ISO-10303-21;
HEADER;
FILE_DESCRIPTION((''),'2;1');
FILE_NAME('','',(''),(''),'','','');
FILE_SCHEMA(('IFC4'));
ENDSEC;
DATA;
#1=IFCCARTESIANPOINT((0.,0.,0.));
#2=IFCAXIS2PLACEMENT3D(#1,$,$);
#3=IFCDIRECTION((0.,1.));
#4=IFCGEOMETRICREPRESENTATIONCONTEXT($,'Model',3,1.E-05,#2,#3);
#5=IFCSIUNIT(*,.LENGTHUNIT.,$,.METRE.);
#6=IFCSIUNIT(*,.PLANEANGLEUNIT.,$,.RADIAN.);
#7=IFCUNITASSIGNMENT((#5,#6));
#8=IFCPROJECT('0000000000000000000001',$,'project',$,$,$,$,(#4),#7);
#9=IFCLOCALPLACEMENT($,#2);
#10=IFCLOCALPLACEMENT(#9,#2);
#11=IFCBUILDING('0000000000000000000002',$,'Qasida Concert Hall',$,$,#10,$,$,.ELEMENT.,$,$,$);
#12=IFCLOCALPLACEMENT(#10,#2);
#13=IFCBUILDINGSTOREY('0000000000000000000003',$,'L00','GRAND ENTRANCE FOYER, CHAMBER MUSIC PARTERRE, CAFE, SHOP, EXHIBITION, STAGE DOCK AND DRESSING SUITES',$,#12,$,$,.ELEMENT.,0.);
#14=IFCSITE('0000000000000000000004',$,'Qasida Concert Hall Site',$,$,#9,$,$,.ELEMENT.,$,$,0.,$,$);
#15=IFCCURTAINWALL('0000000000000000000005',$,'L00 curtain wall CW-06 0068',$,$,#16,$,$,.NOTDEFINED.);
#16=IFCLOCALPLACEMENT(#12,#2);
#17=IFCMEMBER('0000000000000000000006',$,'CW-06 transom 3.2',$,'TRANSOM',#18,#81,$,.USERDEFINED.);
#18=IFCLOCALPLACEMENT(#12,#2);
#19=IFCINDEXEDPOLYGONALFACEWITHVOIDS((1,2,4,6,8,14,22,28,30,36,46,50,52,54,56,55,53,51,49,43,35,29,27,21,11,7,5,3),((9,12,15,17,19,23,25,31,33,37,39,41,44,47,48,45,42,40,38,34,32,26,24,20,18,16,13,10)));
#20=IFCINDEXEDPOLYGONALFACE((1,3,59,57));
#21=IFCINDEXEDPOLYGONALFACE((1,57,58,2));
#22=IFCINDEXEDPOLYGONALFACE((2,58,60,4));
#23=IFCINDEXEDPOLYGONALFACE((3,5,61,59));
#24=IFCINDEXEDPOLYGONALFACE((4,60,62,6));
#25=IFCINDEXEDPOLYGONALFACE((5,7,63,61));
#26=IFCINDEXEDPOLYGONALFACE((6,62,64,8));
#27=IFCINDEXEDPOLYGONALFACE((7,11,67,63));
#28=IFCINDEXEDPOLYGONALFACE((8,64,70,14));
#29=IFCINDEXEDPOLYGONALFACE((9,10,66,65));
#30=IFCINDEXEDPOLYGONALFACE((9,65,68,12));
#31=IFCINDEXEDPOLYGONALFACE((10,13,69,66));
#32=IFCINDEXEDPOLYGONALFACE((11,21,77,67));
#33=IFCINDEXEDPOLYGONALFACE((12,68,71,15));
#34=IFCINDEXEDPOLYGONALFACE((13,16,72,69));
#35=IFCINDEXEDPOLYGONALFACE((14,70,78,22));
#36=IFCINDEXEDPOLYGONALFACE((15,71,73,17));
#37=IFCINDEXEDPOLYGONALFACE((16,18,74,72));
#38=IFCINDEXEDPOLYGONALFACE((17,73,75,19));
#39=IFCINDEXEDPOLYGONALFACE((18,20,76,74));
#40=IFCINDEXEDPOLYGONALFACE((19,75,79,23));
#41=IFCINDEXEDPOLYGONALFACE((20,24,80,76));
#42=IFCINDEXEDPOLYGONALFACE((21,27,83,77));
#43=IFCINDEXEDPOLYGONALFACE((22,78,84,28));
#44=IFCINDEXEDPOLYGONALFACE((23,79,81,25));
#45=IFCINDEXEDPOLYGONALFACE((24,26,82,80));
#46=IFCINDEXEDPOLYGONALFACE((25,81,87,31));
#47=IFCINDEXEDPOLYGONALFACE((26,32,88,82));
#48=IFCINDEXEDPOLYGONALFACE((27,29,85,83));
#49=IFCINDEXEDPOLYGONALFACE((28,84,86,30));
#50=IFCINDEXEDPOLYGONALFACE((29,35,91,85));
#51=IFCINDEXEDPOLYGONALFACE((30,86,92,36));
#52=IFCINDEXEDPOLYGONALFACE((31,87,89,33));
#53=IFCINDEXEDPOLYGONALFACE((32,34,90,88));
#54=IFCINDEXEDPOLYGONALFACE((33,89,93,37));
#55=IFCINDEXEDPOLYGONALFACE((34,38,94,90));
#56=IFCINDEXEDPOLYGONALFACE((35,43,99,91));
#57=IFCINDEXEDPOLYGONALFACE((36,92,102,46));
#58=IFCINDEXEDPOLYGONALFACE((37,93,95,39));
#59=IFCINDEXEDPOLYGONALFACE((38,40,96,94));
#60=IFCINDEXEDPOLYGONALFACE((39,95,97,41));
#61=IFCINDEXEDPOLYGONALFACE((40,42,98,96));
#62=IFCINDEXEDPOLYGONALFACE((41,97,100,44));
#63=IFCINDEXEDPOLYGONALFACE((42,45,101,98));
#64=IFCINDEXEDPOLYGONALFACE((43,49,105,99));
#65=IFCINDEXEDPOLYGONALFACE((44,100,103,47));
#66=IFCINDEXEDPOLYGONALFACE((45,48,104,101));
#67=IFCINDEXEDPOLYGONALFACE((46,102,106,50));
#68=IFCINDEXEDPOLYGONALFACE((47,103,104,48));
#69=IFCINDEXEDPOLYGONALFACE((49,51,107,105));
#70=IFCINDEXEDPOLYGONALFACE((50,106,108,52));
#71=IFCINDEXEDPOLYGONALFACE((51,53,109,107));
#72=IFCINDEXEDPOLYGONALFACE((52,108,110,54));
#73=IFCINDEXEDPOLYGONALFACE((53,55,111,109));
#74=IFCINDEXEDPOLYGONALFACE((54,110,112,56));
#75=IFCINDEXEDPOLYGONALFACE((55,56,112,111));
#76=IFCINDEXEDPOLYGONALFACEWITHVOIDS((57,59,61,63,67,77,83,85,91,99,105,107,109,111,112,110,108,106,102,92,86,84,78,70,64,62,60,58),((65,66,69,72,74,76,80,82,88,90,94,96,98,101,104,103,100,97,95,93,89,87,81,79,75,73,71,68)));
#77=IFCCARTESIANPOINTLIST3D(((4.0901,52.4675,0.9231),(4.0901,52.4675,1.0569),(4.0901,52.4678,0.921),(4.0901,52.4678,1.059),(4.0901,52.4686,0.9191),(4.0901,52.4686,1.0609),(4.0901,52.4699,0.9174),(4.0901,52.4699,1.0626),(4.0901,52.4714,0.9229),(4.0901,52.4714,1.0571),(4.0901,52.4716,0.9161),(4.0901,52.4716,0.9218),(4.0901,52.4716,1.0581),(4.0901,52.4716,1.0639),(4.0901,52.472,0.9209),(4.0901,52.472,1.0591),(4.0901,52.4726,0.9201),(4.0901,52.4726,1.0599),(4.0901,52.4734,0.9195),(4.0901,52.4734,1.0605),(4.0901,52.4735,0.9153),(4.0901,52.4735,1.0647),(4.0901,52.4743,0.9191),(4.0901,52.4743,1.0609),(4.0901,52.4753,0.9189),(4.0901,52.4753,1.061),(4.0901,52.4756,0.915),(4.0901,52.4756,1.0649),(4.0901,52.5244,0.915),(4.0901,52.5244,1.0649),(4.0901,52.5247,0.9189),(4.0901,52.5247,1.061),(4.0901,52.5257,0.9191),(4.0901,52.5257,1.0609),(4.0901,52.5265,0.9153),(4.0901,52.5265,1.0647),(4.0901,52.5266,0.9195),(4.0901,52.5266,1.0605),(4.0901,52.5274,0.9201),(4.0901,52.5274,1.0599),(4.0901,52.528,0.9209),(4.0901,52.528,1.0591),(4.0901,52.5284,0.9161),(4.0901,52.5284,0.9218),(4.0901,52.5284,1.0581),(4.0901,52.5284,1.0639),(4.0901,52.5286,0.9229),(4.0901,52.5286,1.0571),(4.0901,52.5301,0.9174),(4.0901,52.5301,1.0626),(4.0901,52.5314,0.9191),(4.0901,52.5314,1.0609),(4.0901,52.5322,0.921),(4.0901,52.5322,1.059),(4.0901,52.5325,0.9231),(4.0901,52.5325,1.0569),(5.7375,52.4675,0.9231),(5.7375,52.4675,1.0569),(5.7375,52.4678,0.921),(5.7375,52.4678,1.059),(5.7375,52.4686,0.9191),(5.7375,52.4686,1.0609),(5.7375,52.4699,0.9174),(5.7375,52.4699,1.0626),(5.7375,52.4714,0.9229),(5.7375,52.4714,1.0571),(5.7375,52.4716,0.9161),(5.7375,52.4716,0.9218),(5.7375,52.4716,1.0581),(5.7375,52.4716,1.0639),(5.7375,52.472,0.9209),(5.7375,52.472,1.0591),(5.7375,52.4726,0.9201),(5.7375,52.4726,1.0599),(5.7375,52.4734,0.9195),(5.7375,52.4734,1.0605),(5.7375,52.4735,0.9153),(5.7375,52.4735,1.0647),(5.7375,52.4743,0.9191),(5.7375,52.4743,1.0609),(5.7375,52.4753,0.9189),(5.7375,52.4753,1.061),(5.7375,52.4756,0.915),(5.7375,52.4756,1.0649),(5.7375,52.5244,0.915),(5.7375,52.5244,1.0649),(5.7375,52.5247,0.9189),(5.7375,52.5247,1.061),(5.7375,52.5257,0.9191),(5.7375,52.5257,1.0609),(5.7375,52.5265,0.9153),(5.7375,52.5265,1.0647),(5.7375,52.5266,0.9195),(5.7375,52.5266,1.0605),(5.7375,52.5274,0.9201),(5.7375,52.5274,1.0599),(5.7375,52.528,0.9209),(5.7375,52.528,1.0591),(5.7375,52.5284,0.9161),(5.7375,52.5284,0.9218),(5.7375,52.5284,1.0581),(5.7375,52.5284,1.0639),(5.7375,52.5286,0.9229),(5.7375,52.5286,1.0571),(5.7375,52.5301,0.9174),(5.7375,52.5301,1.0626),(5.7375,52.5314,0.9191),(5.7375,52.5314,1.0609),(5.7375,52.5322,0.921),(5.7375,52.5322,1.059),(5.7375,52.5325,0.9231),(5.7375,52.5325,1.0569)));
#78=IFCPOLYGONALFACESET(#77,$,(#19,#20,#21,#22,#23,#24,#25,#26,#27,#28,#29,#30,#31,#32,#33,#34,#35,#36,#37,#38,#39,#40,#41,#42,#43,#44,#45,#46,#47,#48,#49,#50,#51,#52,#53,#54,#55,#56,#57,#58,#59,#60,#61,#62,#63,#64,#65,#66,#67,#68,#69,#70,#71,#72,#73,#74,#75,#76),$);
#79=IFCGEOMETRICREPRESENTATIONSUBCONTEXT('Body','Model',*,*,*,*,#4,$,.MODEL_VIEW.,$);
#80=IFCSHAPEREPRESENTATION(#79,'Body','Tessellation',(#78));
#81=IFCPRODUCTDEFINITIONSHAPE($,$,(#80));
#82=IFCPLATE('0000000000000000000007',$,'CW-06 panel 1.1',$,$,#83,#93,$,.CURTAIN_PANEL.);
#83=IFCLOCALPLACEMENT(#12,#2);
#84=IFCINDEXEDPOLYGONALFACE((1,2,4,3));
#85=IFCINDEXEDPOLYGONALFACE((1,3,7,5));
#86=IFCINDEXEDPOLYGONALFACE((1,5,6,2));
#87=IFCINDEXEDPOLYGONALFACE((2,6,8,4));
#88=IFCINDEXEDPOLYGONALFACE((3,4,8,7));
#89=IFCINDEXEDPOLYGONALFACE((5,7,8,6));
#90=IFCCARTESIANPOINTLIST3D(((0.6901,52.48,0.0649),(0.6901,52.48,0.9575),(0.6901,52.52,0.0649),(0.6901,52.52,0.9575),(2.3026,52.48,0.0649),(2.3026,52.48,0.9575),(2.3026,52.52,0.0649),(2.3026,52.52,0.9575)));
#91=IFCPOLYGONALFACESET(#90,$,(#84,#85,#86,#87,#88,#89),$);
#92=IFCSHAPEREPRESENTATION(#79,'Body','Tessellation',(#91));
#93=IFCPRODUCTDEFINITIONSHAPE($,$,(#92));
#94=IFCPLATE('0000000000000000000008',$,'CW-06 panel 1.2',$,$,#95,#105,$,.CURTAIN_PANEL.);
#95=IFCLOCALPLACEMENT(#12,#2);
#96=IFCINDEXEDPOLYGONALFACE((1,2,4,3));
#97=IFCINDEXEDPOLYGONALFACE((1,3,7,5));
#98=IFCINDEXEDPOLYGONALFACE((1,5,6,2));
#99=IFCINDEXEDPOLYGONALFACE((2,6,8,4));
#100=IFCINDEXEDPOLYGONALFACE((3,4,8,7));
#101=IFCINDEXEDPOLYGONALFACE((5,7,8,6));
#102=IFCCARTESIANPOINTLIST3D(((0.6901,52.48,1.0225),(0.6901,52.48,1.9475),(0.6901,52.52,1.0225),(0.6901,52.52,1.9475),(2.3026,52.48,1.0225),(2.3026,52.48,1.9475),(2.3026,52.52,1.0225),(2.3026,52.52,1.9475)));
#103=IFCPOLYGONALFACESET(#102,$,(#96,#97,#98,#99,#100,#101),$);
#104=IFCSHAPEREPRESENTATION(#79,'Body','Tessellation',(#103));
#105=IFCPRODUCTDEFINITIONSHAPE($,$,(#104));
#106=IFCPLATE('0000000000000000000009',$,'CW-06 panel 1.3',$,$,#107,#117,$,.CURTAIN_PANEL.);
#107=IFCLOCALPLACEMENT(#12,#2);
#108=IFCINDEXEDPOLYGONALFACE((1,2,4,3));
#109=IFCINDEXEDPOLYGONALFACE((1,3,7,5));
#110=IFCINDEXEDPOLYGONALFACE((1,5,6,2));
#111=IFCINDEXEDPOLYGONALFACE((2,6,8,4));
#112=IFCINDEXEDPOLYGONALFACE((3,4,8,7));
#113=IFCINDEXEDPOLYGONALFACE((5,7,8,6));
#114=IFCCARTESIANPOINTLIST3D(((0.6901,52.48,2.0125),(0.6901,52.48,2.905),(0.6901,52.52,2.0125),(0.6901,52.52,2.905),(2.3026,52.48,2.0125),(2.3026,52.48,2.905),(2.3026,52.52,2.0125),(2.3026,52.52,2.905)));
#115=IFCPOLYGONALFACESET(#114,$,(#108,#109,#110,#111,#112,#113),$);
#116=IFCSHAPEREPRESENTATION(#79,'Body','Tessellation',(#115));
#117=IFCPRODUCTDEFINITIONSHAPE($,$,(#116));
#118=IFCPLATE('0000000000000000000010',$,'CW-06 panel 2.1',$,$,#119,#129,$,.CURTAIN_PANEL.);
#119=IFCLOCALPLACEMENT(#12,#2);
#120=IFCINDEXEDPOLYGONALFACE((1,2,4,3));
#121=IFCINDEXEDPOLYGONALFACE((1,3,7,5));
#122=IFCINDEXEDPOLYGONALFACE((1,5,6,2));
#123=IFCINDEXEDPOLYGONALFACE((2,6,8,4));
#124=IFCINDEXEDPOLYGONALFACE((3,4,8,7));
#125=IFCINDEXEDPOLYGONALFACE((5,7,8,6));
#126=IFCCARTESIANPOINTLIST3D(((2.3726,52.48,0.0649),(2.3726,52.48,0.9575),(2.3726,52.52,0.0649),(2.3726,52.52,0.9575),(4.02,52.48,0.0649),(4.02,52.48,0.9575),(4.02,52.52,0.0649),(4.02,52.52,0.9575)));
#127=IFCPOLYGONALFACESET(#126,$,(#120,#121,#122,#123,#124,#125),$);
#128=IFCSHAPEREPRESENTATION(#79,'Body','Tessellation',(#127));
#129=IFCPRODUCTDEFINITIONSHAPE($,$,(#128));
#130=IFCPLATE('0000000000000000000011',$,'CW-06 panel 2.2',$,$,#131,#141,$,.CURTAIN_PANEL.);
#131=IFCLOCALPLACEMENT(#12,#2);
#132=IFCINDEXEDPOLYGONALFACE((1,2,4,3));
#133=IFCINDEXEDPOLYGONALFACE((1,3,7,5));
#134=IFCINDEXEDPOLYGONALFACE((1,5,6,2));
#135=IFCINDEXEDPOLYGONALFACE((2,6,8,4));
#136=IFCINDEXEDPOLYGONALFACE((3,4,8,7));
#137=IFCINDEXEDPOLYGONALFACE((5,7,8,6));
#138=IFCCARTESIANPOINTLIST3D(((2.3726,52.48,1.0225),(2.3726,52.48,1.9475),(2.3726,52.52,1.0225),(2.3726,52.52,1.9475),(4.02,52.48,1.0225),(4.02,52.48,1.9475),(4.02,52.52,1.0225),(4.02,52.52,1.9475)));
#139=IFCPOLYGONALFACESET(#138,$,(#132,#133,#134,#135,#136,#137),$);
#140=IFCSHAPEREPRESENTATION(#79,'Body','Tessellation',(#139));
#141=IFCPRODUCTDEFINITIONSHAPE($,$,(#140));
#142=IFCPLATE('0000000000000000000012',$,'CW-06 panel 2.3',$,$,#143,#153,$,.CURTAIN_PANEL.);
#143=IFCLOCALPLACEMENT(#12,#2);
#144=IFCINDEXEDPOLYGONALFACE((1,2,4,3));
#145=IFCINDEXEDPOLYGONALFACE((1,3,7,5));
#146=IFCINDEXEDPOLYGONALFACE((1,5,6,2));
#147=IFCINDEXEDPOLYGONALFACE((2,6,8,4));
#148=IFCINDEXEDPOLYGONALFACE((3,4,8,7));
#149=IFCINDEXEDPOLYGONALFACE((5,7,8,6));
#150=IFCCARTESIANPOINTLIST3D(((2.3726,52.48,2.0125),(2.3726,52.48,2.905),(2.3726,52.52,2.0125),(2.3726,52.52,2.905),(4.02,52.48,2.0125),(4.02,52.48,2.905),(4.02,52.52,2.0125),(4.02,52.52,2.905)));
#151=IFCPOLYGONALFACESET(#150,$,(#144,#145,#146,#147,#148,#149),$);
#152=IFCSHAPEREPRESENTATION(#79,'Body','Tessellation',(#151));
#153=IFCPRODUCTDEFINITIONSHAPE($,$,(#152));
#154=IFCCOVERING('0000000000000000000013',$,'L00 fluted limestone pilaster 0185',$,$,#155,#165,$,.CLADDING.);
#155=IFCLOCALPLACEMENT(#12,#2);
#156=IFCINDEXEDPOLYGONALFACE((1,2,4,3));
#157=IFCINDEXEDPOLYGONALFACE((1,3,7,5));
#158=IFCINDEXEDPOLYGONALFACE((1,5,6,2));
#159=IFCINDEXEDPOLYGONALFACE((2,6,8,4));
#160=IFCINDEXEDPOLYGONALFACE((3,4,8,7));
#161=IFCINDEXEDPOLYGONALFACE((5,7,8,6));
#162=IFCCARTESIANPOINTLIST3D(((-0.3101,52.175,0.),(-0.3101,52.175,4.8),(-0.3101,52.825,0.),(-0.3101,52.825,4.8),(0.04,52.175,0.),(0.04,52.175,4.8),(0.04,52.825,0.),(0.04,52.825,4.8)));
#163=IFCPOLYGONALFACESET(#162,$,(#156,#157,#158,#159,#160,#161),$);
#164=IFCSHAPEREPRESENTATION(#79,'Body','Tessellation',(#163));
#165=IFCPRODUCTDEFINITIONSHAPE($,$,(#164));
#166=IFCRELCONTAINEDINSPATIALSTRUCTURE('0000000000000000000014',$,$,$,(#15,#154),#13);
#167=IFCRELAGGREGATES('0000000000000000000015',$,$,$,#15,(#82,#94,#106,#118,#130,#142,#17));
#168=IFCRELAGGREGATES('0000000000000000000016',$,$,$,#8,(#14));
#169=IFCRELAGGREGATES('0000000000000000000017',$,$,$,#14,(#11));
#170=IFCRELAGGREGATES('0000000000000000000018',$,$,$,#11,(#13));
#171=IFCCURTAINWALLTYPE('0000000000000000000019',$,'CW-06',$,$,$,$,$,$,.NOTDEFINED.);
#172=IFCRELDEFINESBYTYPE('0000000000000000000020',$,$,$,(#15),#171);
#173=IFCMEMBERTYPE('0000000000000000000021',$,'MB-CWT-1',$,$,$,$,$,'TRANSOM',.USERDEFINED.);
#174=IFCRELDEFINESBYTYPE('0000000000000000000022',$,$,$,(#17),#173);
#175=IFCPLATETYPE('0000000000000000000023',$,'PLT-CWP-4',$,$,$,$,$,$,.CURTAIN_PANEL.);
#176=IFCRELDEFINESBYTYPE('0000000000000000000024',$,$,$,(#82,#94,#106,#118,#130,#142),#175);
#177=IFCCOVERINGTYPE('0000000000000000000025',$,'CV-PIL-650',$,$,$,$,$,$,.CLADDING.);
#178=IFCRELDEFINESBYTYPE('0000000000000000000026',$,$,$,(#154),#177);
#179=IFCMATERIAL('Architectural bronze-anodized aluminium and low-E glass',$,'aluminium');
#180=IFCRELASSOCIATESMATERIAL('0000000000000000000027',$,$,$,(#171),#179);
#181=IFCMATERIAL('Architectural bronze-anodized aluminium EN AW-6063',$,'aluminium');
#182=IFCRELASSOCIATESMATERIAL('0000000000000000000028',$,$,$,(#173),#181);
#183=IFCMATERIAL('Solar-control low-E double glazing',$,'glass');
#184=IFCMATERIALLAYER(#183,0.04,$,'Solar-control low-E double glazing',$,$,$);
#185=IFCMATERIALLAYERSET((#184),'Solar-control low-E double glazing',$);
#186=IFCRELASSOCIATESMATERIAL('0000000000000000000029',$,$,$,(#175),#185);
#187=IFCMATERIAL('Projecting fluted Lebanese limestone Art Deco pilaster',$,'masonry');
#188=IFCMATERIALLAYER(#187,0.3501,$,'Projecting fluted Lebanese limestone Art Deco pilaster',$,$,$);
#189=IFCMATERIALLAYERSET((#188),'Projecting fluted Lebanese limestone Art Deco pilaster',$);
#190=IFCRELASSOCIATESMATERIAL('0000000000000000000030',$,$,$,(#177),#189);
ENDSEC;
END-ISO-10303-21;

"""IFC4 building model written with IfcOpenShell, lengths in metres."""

from ifc_helpers import new_model, si_unit, direction, frame, origin, origin_2d, place, context, subcontext, project, spatial, rectangle, hollow_rectangle, extrude, material, layer, layer_set, material_profile, profile_set, type_object, element, aggregate, save


model = new_model("IFC4")

# Units and contexts
model_context = context("Model", 3, precision=1e-05, world=origin(), true_north=direction((0.0, 1.0)))
body_context = subcontext(model_context, "Body", "Model", "MODEL_VIEW")
ifc_project = project(units=[si_unit("LENGTHUNIT", "METRE"), si_unit("PLANEANGLEUNIT", "RADIAN")], contexts=[model_context])

# Site, building, storey
site_placement = place(None, origin())
site = spatial("IfcSite", under=ifc_project, at=site_placement, Name="Qasida Concert Hall Site", CompositionType="ELEMENT", RefElevation=0.0)
building_placement = place(site_placement, origin())
building = spatial("IfcBuilding", under=site, at=building_placement, Name="Qasida Concert Hall", CompositionType="ELEMENT")
storey_placement = place(building_placement, origin())
storey = spatial("IfcBuildingStorey", under=building, at=storey_placement, Name="L00", Description="GRAND ENTRANCE FOYER, CHAMBER MUSIC PARTERRE, CAFE, SHOP, EXHIBITION, STAGE DOCK AND DRESSING SUITES", CompositionType="ELEMENT", Elevation=0.0)

# Curtain wall, member, plates
ifc_material_1 = material(Name="Architectural bronze-anodized aluminium and low-E glass", Category="aluminium")
curtain_wall_type = type_object("IfcCurtainWallType", Name="CW-06", PredefinedType="NOTDEFINED", material=ifc_material_1)
curtain_wall_placement = place(storey_placement, origin())
curtain_wall = element("IfcCurtainWall", 1, at=curtain_wall_placement, inside=storey, type_object=curtain_wall_type, Name="L00 curtain wall CW-06 0068", PredefinedType="NOTDEFINED")
ifc_material_2 = material(Name="Architectural bronze-anodized aluminium EN AW-6063", Category="aluminium")
ifc_material_profile_1 = material_profile(ifc_material_2, hollow_rectangle(XDim=0.0649, YDim=0.1499, WallThickness=0.0039, InnerFilletRadius=0.0039, OuterFilletRadius=0.0081, at=origin_2d()), Name="CWT 150x65x4")
ifc_profile_set_1 = profile_set([ifc_material_profile_1], Name="Architectural bronze-anodized aluminium EN AW-6063")
member_type_1 = type_object("IfcMemberType", Name="MB-CWT-1", ElementType="TRANSOM", PredefinedType="USERDEFINED", material=ifc_profile_set_1)
member_1_placement = place(storey_placement, frame((4.0901, 52.5, 0.99), z_axis=(1.0, 0.0, 0.0), x_axis=(0.0, 1.0, 0.0)))
member_1 = element("IfcMember", 2, at=member_1_placement, type_object=member_type_1, Name="CW-06 transom 3.2", ObjectType="TRANSOM", PredefinedType="USERDEFINED", context=body_context, shape_type="SweptSolid", body=[
    extrude(hollow_rectangle(XDim=0.0649, YDim=0.1499, WallThickness=0.0039, InnerFilletRadius=0.0039, OuterFilletRadius=0.0081, at=origin_2d()), origin(), (0.0, 0.0, 1.0), 1.6475),
])
ifc_material_3 = material(Name="Solar-control low-E double glazing", Category="glass")
ifc_layer_1 = layer(ifc_material_3, 0.04, Name="Solar-control low-E double glazing")
ifc_layer_set_1 = layer_set([ifc_layer_1], Name="Solar-control low-E double glazing")
plate_type = type_object("IfcPlateType", Name="PLT-CWP-4", PredefinedType="CURTAIN_PANEL", material=ifc_layer_set_1)
plate_1_placement = place(storey_placement, frame((1.4963, 52.5, 0.0649), z_axis=(0.0, 0.0, 1.0), x_axis=(1.0, 0.0, 0.0)))
plate_1 = element("IfcPlate", 3, at=plate_1_placement, type_object=plate_type, Name="CW-06 panel 1.1", PredefinedType="CURTAIN_PANEL", context=body_context, shape_type="SweptSolid", body=[
    extrude(rectangle(XDim=1.6125, YDim=0.04, at=origin_2d()), origin(), (0.0, 0.0, 1.0), 0.8926),
])
plate_2_placement = place(storey_placement, frame((1.4963, 52.5, 1.0225), z_axis=(0.0, 0.0, 1.0), x_axis=(1.0, 0.0, 0.0)))
plate_2 = element("IfcPlate", 4, at=plate_2_placement, type_object=plate_type, Name="CW-06 panel 1.2", PredefinedType="CURTAIN_PANEL", context=body_context, shape_type="SweptSolid", body=[
    extrude(rectangle(XDim=1.6125, YDim=0.04, at=origin_2d()), origin(), (0.0, 0.0, 1.0), 0.925),
])
plate_3_placement = place(storey_placement, frame((1.4963, 52.5, 2.0125), z_axis=(0.0, 0.0, 1.0), x_axis=(1.0, 0.0, 0.0)))
plate_3 = element("IfcPlate", 5, at=plate_3_placement, type_object=plate_type, Name="CW-06 panel 1.3", PredefinedType="CURTAIN_PANEL", context=body_context, shape_type="SweptSolid", body=[
    extrude(rectangle(XDim=1.6125, YDim=0.04, at=origin_2d()), origin(), (0.0, 0.0, 1.0), 0.8926),
])
plate_4_placement = place(storey_placement, frame((3.1963, 52.5, 0.0649), z_axis=(0.0, 0.0, 1.0), x_axis=(1.0, 0.0, 0.0)))
plate_4 = element("IfcPlate", 6, at=plate_4_placement, type_object=plate_type, Name="CW-06 panel 2.1", PredefinedType="CURTAIN_PANEL", context=body_context, shape_type="SweptSolid", body=[
    extrude(rectangle(XDim=1.6475, YDim=0.04, at=origin_2d()), origin(), (0.0, 0.0, 1.0), 0.8926),
])
plate_5_placement = place(storey_placement, frame((3.1963, 52.5, 1.0225), z_axis=(0.0, 0.0, 1.0), x_axis=(1.0, 0.0, 0.0)))
plate_5 = element("IfcPlate", 7, at=plate_5_placement, type_object=plate_type, Name="CW-06 panel 2.2", PredefinedType="CURTAIN_PANEL", context=body_context, shape_type="SweptSolid", body=[
    extrude(rectangle(XDim=1.6475, YDim=0.04, at=origin_2d()), origin(), (0.0, 0.0, 1.0), 0.925),
])
plate_6_placement = place(storey_placement, frame((3.1963, 52.5, 2.0125), z_axis=(0.0, 0.0, 1.0), x_axis=(1.0, 0.0, 0.0)))
plate_6 = element("IfcPlate", 8, at=plate_6_placement, type_object=plate_type, Name="CW-06 panel 2.3", PredefinedType="CURTAIN_PANEL", context=body_context, shape_type="SweptSolid", body=[
    extrude(rectangle(XDim=1.6475, YDim=0.04, at=origin_2d()), origin(), (0.0, 0.0, 1.0), 0.8926),
])
aggregate(curtain_wall, [plate_1, plate_2, plate_3, plate_4, plate_5, plate_6, member_1])

# Covering
ifc_material_4 = material(Name="Projecting fluted Lebanese limestone Art Deco pilaster", Category="masonry")
ifc_layer_2 = layer(ifc_material_4, 0.3501, Name="Projecting fluted Lebanese limestone Art Deco pilaster")
ifc_layer_set_2 = layer_set([ifc_layer_2], Name="Projecting fluted Lebanese limestone Art Deco pilaster")
covering_type = type_object("IfcCoveringType", Name="CV-PIL-650", PredefinedType="CLADDING", material=ifc_layer_set_2)
covering_placement = place(storey_placement, frame((-0.135, 52.5, 0.0), z_axis=(0.0, 0.0, 1.0), x_axis=(1.0, 0.0, 0.0)))
element("IfcCovering", 9, at=covering_placement, inside=storey, type_object=covering_type, Name="L00 fluted limestone pilaster 0185", PredefinedType="CLADDING", context=body_context, shape_type="SweptSolid", body=[
    extrude(rectangle(XDim=0.3501, YDim=0.6499, at=origin_2d()), origin(), (0.0, 0.0, 1.0), 4.8),
])

save(model, "model.ifc")
